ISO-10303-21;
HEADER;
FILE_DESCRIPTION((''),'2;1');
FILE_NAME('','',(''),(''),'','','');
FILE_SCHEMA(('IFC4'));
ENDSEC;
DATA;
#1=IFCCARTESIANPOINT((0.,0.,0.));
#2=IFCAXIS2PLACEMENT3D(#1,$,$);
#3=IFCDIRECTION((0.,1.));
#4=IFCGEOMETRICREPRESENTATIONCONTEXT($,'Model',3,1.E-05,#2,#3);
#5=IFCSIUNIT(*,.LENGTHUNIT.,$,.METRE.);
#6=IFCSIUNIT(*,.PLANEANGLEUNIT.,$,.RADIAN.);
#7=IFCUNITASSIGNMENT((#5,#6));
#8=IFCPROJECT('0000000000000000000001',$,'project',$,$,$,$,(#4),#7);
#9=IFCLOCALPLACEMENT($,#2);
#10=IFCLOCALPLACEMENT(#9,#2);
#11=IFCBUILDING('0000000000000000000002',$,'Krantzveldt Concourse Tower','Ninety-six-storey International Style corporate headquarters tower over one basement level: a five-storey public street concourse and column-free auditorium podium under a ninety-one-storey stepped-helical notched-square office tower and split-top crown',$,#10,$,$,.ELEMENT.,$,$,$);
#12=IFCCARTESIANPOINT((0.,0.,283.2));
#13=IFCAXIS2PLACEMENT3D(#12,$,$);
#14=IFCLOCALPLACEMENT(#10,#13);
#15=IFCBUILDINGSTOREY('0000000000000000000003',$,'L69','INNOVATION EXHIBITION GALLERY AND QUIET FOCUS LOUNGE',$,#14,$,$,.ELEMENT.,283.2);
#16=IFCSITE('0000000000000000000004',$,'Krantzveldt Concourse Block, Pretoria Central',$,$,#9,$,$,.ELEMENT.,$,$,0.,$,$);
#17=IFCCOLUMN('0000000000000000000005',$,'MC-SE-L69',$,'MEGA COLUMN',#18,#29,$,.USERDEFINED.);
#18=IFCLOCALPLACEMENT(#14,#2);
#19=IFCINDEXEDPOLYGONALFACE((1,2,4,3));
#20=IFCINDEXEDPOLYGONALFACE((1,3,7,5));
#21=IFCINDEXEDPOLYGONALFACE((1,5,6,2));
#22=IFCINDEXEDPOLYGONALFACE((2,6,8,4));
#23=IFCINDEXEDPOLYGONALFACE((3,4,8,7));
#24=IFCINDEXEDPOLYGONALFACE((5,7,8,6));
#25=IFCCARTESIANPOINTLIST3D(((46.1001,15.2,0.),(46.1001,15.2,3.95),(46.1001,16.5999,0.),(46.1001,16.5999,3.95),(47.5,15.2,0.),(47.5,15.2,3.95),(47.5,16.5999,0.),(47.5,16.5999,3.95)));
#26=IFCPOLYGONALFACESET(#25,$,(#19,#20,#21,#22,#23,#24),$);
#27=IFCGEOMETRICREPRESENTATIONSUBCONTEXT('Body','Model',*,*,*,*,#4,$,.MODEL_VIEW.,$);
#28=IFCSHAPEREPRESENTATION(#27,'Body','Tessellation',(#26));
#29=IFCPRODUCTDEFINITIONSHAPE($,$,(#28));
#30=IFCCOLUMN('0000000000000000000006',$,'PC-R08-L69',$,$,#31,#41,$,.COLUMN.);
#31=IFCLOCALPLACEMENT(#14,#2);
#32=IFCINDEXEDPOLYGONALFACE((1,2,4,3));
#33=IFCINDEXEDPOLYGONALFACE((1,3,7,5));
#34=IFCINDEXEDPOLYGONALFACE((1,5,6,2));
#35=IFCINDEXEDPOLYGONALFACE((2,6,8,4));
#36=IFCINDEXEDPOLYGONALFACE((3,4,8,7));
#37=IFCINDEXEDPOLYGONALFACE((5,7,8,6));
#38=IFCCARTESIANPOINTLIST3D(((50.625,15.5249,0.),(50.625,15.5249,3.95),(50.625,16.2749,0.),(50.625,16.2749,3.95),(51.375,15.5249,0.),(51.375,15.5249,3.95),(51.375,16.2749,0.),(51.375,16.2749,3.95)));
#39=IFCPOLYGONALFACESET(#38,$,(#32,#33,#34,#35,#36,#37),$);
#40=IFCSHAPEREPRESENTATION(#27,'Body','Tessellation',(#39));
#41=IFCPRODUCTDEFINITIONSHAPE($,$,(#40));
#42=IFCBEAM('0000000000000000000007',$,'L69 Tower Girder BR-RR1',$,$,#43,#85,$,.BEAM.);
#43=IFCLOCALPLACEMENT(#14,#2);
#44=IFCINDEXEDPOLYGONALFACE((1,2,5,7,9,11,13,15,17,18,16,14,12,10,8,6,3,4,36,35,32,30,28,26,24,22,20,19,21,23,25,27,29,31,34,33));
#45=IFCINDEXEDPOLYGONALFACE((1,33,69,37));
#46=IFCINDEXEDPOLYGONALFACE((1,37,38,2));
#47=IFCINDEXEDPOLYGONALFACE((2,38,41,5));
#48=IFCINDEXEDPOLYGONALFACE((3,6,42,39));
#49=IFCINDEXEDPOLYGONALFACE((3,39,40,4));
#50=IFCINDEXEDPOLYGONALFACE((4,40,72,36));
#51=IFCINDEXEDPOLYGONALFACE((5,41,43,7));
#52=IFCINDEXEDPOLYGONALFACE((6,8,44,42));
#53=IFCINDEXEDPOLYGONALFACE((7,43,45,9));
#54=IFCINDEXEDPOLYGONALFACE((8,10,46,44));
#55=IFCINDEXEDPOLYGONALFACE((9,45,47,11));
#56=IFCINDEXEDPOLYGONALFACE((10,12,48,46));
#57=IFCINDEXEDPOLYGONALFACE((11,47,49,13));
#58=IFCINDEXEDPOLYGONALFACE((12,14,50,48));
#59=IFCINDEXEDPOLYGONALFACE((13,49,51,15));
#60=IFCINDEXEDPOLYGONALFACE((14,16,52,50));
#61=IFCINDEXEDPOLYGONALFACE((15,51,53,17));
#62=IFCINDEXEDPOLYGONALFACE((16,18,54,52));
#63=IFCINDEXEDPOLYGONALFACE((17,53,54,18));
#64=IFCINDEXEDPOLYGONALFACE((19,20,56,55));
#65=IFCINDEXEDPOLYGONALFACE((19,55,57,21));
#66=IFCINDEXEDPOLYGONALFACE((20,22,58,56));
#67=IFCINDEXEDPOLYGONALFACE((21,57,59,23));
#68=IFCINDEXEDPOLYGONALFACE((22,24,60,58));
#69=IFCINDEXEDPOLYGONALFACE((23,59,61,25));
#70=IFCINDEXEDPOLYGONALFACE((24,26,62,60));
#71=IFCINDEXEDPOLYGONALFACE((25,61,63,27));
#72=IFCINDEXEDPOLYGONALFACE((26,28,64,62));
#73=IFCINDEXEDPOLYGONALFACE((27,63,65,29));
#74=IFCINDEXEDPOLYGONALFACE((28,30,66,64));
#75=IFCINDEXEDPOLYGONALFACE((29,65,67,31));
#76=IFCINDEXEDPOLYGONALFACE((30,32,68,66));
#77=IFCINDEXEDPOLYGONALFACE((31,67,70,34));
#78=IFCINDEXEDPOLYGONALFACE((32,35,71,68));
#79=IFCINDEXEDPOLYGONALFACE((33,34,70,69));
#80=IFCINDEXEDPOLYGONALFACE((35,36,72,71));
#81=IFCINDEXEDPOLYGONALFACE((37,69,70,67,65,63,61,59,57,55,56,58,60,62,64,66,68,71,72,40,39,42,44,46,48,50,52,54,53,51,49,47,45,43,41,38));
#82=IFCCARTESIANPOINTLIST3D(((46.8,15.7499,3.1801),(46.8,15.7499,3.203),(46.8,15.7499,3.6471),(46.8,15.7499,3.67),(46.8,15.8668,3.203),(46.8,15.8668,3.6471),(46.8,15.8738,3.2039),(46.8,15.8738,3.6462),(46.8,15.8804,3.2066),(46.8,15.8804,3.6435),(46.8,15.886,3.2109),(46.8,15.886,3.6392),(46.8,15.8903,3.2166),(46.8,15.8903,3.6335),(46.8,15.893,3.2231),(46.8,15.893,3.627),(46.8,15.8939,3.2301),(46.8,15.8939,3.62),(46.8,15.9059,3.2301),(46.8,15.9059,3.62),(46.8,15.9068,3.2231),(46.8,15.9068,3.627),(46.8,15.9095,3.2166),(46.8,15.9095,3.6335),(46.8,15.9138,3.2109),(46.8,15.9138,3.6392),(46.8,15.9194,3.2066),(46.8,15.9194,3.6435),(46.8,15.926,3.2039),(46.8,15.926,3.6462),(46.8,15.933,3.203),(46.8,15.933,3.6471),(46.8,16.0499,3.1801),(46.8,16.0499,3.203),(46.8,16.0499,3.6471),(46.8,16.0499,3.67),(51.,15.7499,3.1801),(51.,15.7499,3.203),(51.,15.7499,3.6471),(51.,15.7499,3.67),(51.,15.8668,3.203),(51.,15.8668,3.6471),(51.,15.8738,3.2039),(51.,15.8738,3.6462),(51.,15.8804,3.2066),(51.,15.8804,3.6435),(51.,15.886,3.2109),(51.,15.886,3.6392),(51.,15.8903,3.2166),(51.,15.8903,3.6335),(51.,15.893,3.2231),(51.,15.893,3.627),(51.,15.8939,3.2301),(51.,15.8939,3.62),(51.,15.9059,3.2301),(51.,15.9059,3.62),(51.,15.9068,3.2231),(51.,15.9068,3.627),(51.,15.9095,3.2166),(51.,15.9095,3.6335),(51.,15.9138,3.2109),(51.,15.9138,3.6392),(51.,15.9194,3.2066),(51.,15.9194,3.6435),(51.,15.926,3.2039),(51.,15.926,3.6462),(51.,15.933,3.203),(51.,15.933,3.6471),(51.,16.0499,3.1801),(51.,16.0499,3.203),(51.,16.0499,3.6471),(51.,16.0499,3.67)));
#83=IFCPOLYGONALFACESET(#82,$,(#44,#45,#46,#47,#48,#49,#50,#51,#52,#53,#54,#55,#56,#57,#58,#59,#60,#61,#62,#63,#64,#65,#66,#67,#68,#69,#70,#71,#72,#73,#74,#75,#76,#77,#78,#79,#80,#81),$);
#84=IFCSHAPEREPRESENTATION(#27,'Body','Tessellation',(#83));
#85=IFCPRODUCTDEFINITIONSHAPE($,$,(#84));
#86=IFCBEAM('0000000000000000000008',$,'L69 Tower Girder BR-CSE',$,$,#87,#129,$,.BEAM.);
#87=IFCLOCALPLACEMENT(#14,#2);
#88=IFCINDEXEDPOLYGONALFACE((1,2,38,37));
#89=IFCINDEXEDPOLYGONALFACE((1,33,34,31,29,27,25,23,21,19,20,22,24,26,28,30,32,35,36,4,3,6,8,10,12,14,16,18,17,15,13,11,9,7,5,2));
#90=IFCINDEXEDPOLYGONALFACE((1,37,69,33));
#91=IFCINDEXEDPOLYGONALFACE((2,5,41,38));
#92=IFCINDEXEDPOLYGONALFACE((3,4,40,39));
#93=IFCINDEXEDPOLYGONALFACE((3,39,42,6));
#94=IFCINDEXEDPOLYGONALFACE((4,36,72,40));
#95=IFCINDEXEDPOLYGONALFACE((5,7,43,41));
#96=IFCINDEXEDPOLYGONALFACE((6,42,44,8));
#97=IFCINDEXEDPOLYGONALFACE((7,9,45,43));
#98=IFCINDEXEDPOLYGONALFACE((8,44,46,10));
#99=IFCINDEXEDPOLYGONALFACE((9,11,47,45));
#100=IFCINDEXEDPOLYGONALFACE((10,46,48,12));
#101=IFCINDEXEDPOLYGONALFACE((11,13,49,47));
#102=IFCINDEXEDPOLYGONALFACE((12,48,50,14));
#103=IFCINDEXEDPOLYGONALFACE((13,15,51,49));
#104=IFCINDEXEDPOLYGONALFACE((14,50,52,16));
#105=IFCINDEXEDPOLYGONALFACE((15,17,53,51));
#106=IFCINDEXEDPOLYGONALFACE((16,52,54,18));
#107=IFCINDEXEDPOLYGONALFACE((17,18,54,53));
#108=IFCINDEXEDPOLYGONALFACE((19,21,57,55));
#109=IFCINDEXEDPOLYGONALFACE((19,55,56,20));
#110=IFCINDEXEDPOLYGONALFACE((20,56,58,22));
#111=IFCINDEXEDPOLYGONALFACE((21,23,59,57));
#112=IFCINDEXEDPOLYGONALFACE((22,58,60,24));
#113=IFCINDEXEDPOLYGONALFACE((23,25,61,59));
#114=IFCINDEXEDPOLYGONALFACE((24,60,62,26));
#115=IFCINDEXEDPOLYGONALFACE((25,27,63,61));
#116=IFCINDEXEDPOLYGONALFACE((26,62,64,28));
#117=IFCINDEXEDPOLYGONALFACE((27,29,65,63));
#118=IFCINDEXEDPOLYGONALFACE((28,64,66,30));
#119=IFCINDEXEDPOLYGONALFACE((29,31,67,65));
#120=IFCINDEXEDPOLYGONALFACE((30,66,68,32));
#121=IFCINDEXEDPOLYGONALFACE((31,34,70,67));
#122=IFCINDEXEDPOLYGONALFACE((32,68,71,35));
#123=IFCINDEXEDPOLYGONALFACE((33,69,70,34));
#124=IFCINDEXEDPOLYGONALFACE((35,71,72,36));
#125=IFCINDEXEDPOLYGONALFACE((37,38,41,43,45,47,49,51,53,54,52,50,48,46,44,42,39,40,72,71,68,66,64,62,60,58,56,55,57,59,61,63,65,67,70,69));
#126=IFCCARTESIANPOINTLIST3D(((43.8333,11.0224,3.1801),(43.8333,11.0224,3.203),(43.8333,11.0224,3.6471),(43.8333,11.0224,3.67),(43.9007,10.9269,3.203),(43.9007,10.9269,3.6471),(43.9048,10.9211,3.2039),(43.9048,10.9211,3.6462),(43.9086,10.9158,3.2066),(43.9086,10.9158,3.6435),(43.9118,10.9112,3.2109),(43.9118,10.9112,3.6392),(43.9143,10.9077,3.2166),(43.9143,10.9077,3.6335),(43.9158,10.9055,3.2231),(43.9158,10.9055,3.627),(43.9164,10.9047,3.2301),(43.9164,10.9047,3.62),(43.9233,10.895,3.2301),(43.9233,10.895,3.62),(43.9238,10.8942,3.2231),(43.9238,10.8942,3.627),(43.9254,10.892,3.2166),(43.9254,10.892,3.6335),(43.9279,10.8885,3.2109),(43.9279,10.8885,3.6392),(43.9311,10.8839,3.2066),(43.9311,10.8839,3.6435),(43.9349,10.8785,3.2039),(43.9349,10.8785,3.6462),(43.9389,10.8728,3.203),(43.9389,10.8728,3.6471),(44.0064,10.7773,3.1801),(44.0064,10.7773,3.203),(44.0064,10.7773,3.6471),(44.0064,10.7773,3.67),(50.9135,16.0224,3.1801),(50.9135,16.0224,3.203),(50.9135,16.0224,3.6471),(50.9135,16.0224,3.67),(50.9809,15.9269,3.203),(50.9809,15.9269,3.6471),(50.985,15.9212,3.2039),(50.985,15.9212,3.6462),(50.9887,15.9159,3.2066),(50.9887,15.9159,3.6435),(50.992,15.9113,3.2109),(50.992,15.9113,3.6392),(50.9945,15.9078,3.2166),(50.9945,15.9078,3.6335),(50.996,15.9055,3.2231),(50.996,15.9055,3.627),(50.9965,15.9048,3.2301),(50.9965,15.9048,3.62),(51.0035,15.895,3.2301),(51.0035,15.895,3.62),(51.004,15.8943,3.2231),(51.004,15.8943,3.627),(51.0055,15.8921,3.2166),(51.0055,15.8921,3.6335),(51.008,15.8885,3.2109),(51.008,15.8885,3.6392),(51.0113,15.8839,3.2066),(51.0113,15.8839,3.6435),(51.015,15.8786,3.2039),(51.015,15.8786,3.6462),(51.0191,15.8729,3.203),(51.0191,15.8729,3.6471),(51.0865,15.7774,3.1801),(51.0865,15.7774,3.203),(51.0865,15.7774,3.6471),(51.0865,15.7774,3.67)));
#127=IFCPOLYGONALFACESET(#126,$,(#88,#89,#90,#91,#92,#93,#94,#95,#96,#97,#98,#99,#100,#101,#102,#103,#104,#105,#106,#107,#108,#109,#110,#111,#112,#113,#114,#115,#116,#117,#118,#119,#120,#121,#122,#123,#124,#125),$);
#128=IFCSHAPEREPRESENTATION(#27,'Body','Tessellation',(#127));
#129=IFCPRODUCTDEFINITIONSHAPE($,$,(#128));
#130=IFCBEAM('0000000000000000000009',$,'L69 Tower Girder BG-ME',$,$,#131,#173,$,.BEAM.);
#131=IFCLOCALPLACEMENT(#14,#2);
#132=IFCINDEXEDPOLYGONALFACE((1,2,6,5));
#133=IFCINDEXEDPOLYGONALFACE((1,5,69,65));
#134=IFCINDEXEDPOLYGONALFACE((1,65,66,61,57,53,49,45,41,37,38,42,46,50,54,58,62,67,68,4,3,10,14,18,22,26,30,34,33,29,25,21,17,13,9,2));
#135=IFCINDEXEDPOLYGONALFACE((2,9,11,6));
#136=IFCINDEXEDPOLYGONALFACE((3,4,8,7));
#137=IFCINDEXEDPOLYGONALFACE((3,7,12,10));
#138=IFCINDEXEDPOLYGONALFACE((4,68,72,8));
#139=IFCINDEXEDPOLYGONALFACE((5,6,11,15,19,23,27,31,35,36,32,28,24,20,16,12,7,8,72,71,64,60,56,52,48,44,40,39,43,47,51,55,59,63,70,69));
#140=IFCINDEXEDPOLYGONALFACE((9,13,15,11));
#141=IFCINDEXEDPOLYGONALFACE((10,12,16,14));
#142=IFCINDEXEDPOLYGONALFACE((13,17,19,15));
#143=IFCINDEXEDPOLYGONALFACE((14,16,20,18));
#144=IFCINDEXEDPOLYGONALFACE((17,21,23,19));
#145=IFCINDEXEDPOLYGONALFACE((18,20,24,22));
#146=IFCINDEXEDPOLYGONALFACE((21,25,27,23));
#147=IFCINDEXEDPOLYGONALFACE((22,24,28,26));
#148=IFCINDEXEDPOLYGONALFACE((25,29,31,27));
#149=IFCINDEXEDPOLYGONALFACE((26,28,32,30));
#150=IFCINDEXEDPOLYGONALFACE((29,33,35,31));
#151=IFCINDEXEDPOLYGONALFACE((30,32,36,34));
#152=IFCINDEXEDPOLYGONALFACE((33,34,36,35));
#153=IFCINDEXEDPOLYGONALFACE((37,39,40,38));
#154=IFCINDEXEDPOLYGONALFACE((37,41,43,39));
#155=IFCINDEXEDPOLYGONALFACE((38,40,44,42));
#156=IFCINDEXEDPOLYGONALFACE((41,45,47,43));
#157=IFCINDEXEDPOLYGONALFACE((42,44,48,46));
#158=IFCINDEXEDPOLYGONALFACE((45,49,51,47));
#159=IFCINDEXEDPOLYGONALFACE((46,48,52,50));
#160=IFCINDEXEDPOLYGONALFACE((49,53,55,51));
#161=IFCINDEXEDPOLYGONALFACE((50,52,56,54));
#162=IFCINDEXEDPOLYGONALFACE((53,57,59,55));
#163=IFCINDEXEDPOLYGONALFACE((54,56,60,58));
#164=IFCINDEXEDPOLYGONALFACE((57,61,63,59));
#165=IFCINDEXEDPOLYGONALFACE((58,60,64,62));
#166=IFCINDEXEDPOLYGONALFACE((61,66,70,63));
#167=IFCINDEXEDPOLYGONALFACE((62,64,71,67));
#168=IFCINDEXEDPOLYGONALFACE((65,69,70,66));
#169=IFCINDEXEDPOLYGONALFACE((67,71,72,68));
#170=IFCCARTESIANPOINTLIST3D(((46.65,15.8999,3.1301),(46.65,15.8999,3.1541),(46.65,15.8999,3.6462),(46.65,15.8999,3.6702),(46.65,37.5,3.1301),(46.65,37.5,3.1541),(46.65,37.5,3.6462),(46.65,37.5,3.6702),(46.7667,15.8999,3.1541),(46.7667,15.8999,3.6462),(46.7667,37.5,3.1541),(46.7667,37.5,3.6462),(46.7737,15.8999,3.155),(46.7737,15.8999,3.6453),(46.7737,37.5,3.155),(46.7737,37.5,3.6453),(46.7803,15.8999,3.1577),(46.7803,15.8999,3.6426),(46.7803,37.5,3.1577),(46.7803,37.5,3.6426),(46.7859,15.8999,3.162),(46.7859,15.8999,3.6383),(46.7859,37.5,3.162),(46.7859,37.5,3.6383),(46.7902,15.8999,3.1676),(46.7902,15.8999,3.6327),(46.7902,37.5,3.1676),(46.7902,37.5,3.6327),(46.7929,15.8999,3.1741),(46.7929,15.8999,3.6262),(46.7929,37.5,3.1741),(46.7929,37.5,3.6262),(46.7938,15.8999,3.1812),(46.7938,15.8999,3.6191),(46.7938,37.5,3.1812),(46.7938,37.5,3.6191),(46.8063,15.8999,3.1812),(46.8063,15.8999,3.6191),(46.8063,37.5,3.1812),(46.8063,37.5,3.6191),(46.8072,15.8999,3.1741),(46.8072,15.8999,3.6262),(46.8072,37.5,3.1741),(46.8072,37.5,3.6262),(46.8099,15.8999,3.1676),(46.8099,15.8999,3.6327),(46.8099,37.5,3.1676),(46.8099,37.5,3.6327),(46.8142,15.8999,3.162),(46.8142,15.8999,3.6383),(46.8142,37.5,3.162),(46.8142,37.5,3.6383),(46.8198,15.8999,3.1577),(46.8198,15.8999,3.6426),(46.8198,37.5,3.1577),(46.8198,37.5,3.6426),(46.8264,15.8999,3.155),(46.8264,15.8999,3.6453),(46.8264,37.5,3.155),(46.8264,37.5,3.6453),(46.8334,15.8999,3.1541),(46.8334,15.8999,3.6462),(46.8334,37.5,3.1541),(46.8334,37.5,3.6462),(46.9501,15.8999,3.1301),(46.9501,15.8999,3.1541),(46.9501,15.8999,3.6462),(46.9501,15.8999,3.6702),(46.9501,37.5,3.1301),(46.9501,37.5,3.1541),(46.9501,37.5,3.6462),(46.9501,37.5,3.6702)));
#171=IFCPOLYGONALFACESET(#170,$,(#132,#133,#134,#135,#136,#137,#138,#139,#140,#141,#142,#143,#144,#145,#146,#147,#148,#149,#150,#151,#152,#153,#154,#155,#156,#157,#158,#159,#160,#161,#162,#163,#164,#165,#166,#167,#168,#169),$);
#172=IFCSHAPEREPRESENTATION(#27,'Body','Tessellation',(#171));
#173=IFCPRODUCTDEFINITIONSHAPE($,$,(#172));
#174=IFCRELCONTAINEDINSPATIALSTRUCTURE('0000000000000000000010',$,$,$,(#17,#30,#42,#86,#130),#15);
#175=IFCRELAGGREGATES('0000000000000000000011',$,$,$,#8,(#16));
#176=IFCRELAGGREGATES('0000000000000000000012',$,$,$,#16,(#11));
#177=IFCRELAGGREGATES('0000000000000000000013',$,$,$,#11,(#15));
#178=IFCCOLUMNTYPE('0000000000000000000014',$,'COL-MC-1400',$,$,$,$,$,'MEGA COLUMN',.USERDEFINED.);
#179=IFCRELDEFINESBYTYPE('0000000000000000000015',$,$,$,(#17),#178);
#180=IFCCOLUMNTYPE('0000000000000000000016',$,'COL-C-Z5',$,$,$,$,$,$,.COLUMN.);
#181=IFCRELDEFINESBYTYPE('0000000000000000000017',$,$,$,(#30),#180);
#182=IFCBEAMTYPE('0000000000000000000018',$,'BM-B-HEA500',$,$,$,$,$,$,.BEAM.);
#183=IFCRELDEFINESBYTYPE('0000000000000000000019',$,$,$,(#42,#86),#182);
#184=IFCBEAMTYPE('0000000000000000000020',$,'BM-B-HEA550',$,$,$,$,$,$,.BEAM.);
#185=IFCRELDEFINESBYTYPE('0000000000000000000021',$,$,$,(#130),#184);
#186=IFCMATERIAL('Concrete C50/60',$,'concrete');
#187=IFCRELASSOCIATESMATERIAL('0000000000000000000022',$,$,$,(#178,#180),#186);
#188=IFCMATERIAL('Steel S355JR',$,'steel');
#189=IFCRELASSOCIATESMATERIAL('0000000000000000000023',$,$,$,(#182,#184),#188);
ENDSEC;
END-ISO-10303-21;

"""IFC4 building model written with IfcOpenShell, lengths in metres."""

from ifc_helpers import new_model, si_unit, direction, frame, origin, origin_2d, place, context, subcontext, project, spatial, rectangle, i_section, extrude, source, transform, mapped, material, material_profile, profile_set, type_object, type_shapes, element, save


model = new_model("IFC4")

# Units and contexts
model_context = context("Model", 3, precision=1e-05, world=origin(), true_north=direction((0.0, 1.0)))
body_context = subcontext(model_context, "Body", "Model", "MODEL_VIEW")
ifc_project = project(units=[si_unit("LENGTHUNIT", "METRE"), si_unit("PLANEANGLEUNIT", "RADIAN")], contexts=[model_context])

# Site, building, storey
site_placement = place(None, origin())
site = spatial("IfcSite", under=ifc_project, at=site_placement, Name="Krantzveldt Concourse Block, Pretoria Central", CompositionType="ELEMENT", RefElevation=0.0)
building_placement = place(site_placement, origin())
building = spatial("IfcBuilding", under=site, at=building_placement, Name="Krantzveldt Concourse Tower", Description="Ninety-six-storey International Style corporate headquarters tower over one basement level: a five-storey public street concourse and column-free auditorium podium under a ninety-one-storey stepped-helical notched-square office tower and split-top crown", CompositionType="ELEMENT")
storey_placement = place(building_placement, frame((0.0, 0.0, 283.2)))
storey = spatial("IfcBuildingStorey", under=building, at=storey_placement, Name="L69", Description="INNOVATION EXHIBITION GALLERY AND QUIET FOCUS LOUNGE", CompositionType="ELEMENT", Elevation=283.2)

# Columns
ifc_material_1 = material(Name="Concrete C50/60", Category="concrete")
ifc_material_profile_1 = material_profile(ifc_material_1, rectangle(XDim=1.3999, YDim=1.3999, at=origin_2d()), Name="Concrete C50/60", Category="concrete")
ifc_profile_set_1 = profile_set([ifc_material_profile_1], Name="Concrete C50/60 - RC 1400x1400")
column_type_1 = type_object("IfcColumnType", Name="COL-MC-1400", ElementType="MEGA COLUMN", PredefinedType="USERDEFINED", material=ifc_profile_set_1)
shared_shape_1 = source(origin(), body_context, "Body", "SweptSolid", [
    extrude(rectangle(XDim=1.3999, YDim=1.3999, at=origin_2d()), origin(), (0.0, 0.0, 1.0), 3.95),
])
type_shapes(column_type_1, [shared_shape_1])
column_1_placement = place(storey_placement, frame((46.8, 15.8999, 0.0), z_axis=(0.0, 0.0, 1.0), x_axis=(1.0, 0.0, 0.0)))
element("IfcColumn", 1, at=column_1_placement, inside=storey, type_object=column_type_1, Name="MC-SE-L69", ObjectType="MEGA COLUMN", PredefinedType="USERDEFINED", context=body_context, shape_type="MappedRepresentation", body=[
    mapped(shared_shape_1, transform((0.0, 0.0, 0.0), x_axis=(1.0, 0.0, 0.0), y_axis=(0.0, 1.0, 0.0), z_axis=(0.0, 0.0, 1.0), scale=1.0)),
])
ifc_material_profile_2 = material_profile(ifc_material_1, rectangle(XDim=0.75, YDim=0.75, at=origin_2d()), Name="Concrete C50/60", Category="concrete")
ifc_profile_set_2 = profile_set([ifc_material_profile_2], Name="Concrete C50/60 - RC 750x750")
column_type_2 = type_object("IfcColumnType", Name="COL-C-Z5", PredefinedType="COLUMN", material=ifc_profile_set_2)
shared_shape_2 = source(origin(), body_context, "Body", "SweptSolid", [
    extrude(rectangle(XDim=0.75, YDim=0.75, at=origin_2d()), origin(), (0.0, 0.0, 1.0), 3.95),
])
type_shapes(column_type_2, [shared_shape_2])
column_2_placement = place(storey_placement, frame((51.0, 15.8999, 0.0), z_axis=(0.0, 0.0, 1.0), x_axis=(1.0, 0.0, 0.0)))
element("IfcColumn", 2, at=column_2_placement, inside=storey, type_object=column_type_2, Name="PC-R08-L69", PredefinedType="COLUMN", context=body_context, shape_type="MappedRepresentation", body=[
    mapped(shared_shape_2, transform((0.0, 0.0, 0.0), x_axis=(1.0, 0.0, 0.0), y_axis=(0.0, 1.0, 0.0), z_axis=(0.0, 0.0, 1.0), scale=1.0)),
])

# Beams
ifc_material_2 = material(Name="Steel S355JR", Category="steel")
ifc_material_profile_3 = material_profile(ifc_material_2, i_section(OverallWidth=0.3, OverallDepth=0.49, WebThickness=0.012, FlangeThickness=0.0229, FilletRadius=0.0271, at=origin_2d()), Name="Steel S355JR", Category="steel")
ifc_profile_set_3 = profile_set([ifc_material_profile_3], Name="Steel S355JR - HEA 500")
beam_type_1 = type_object("IfcBeamType", Name="BM-B-HEA500", PredefinedType="BEAM", material=ifc_profile_set_3)
shared_shape_3 = source(origin(), body_context, "Body", "SweptSolid", [
    extrude(i_section(OverallWidth=0.3, OverallDepth=0.49, WebThickness=0.012, FlangeThickness=0.0229, FilletRadius=0.0271, at=origin_2d()), origin(), (0.0, 0.0, 1.0), 4.2),
])
beam_1_placement = place(storey_placement, frame((46.8, 15.8999, 3.425), z_axis=(1.0, 0.0, 0.0), x_axis=(0.0, 1.0, 0.0)))
element("IfcBeam", 3, at=beam_1_placement, inside=storey, type_object=beam_type_1, Name="L69 Tower Girder BR-RR1", PredefinedType="BEAM", context=body_context, shape_type="MappedRepresentation", body=[
    mapped(shared_shape_3, transform((0.0, 0.0, 0.0), x_axis=(1.0, 0.0, 0.0), y_axis=(0.0, 1.0, 0.0), z_axis=(0.0, 0.0, 1.0), scale=1.0)),
])
shared_shape_4 = source(origin(), body_context, "Body", "SweptSolid", [
    extrude(i_section(OverallWidth=0.3, OverallDepth=0.49, WebThickness=0.012, FlangeThickness=0.0229, FilletRadius=0.0271, at=origin_2d()), origin(), (0.0, 0.0, 1.0), 8.6677),
])
type_shapes(beam_type_1, [shared_shape_3, shared_shape_4])
beam_2_placement = place(storey_placement, frame((51.0, 15.8999, 3.425), z_axis=(-0.816843, -0.57686, 0.0), x_axis=(0.57686, -0.816843, 0.0)))
element("IfcBeam", 4, at=beam_2_placement, inside=storey, type_object=beam_type_1, Name="L69 Tower Girder BR-CSE", PredefinedType="BEAM", context=body_context, shape_type="MappedRepresentation", body=[
    mapped(shared_shape_4, transform((0.0, 0.0, 0.0), x_axis=(1.0, 0.0, 0.0), y_axis=(0.0, 1.0, 0.0), z_axis=(0.0, 0.0, 1.0), scale=1.0)),
])
ifc_material_profile_4 = material_profile(ifc_material_2, i_section(OverallWidth=0.3, OverallDepth=0.54, WebThickness=0.0125, FlangeThickness=0.0239, FilletRadius=0.0271, at=origin_2d()), Name="Steel S355JR", Category="steel")
ifc_profile_set_4 = profile_set([ifc_material_profile_4], Name="Steel S355JR - HEA 550")
beam_type_2 = type_object("IfcBeamType", Name="BM-B-HEA550", PredefinedType="BEAM", material=ifc_profile_set_4)
shared_shape_5 = source(origin(), body_context, "Body", "SweptSolid", [
    extrude(i_section(OverallWidth=0.3, OverallDepth=0.54, WebThickness=0.0125, FlangeThickness=0.0239, FilletRadius=0.0271, at=origin_2d()), origin(), (0.0, 0.0, 1.0), 21.6001),
])
beam_3_placement = place(storey_placement, frame((46.8, 15.8999, 3.4001), z_axis=(0.0, 1.0, 0.0), x_axis=(-1.0, 0.0, 0.0)))
element("IfcBeam", 5, at=beam_3_placement, inside=storey, type_object=beam_type_2, Name="L69 Tower Girder BG-ME", PredefinedType="BEAM", context=body_context, shape_type="MappedRepresentation", body=[
    mapped(shared_shape_5, transform((0.0, 0.0, 0.0), x_axis=(1.0, 0.0, 0.0), y_axis=(0.0, 1.0, 0.0), z_axis=(0.0, 0.0, 1.0), scale=1.0)),
])

save(model, "model.ifc")
